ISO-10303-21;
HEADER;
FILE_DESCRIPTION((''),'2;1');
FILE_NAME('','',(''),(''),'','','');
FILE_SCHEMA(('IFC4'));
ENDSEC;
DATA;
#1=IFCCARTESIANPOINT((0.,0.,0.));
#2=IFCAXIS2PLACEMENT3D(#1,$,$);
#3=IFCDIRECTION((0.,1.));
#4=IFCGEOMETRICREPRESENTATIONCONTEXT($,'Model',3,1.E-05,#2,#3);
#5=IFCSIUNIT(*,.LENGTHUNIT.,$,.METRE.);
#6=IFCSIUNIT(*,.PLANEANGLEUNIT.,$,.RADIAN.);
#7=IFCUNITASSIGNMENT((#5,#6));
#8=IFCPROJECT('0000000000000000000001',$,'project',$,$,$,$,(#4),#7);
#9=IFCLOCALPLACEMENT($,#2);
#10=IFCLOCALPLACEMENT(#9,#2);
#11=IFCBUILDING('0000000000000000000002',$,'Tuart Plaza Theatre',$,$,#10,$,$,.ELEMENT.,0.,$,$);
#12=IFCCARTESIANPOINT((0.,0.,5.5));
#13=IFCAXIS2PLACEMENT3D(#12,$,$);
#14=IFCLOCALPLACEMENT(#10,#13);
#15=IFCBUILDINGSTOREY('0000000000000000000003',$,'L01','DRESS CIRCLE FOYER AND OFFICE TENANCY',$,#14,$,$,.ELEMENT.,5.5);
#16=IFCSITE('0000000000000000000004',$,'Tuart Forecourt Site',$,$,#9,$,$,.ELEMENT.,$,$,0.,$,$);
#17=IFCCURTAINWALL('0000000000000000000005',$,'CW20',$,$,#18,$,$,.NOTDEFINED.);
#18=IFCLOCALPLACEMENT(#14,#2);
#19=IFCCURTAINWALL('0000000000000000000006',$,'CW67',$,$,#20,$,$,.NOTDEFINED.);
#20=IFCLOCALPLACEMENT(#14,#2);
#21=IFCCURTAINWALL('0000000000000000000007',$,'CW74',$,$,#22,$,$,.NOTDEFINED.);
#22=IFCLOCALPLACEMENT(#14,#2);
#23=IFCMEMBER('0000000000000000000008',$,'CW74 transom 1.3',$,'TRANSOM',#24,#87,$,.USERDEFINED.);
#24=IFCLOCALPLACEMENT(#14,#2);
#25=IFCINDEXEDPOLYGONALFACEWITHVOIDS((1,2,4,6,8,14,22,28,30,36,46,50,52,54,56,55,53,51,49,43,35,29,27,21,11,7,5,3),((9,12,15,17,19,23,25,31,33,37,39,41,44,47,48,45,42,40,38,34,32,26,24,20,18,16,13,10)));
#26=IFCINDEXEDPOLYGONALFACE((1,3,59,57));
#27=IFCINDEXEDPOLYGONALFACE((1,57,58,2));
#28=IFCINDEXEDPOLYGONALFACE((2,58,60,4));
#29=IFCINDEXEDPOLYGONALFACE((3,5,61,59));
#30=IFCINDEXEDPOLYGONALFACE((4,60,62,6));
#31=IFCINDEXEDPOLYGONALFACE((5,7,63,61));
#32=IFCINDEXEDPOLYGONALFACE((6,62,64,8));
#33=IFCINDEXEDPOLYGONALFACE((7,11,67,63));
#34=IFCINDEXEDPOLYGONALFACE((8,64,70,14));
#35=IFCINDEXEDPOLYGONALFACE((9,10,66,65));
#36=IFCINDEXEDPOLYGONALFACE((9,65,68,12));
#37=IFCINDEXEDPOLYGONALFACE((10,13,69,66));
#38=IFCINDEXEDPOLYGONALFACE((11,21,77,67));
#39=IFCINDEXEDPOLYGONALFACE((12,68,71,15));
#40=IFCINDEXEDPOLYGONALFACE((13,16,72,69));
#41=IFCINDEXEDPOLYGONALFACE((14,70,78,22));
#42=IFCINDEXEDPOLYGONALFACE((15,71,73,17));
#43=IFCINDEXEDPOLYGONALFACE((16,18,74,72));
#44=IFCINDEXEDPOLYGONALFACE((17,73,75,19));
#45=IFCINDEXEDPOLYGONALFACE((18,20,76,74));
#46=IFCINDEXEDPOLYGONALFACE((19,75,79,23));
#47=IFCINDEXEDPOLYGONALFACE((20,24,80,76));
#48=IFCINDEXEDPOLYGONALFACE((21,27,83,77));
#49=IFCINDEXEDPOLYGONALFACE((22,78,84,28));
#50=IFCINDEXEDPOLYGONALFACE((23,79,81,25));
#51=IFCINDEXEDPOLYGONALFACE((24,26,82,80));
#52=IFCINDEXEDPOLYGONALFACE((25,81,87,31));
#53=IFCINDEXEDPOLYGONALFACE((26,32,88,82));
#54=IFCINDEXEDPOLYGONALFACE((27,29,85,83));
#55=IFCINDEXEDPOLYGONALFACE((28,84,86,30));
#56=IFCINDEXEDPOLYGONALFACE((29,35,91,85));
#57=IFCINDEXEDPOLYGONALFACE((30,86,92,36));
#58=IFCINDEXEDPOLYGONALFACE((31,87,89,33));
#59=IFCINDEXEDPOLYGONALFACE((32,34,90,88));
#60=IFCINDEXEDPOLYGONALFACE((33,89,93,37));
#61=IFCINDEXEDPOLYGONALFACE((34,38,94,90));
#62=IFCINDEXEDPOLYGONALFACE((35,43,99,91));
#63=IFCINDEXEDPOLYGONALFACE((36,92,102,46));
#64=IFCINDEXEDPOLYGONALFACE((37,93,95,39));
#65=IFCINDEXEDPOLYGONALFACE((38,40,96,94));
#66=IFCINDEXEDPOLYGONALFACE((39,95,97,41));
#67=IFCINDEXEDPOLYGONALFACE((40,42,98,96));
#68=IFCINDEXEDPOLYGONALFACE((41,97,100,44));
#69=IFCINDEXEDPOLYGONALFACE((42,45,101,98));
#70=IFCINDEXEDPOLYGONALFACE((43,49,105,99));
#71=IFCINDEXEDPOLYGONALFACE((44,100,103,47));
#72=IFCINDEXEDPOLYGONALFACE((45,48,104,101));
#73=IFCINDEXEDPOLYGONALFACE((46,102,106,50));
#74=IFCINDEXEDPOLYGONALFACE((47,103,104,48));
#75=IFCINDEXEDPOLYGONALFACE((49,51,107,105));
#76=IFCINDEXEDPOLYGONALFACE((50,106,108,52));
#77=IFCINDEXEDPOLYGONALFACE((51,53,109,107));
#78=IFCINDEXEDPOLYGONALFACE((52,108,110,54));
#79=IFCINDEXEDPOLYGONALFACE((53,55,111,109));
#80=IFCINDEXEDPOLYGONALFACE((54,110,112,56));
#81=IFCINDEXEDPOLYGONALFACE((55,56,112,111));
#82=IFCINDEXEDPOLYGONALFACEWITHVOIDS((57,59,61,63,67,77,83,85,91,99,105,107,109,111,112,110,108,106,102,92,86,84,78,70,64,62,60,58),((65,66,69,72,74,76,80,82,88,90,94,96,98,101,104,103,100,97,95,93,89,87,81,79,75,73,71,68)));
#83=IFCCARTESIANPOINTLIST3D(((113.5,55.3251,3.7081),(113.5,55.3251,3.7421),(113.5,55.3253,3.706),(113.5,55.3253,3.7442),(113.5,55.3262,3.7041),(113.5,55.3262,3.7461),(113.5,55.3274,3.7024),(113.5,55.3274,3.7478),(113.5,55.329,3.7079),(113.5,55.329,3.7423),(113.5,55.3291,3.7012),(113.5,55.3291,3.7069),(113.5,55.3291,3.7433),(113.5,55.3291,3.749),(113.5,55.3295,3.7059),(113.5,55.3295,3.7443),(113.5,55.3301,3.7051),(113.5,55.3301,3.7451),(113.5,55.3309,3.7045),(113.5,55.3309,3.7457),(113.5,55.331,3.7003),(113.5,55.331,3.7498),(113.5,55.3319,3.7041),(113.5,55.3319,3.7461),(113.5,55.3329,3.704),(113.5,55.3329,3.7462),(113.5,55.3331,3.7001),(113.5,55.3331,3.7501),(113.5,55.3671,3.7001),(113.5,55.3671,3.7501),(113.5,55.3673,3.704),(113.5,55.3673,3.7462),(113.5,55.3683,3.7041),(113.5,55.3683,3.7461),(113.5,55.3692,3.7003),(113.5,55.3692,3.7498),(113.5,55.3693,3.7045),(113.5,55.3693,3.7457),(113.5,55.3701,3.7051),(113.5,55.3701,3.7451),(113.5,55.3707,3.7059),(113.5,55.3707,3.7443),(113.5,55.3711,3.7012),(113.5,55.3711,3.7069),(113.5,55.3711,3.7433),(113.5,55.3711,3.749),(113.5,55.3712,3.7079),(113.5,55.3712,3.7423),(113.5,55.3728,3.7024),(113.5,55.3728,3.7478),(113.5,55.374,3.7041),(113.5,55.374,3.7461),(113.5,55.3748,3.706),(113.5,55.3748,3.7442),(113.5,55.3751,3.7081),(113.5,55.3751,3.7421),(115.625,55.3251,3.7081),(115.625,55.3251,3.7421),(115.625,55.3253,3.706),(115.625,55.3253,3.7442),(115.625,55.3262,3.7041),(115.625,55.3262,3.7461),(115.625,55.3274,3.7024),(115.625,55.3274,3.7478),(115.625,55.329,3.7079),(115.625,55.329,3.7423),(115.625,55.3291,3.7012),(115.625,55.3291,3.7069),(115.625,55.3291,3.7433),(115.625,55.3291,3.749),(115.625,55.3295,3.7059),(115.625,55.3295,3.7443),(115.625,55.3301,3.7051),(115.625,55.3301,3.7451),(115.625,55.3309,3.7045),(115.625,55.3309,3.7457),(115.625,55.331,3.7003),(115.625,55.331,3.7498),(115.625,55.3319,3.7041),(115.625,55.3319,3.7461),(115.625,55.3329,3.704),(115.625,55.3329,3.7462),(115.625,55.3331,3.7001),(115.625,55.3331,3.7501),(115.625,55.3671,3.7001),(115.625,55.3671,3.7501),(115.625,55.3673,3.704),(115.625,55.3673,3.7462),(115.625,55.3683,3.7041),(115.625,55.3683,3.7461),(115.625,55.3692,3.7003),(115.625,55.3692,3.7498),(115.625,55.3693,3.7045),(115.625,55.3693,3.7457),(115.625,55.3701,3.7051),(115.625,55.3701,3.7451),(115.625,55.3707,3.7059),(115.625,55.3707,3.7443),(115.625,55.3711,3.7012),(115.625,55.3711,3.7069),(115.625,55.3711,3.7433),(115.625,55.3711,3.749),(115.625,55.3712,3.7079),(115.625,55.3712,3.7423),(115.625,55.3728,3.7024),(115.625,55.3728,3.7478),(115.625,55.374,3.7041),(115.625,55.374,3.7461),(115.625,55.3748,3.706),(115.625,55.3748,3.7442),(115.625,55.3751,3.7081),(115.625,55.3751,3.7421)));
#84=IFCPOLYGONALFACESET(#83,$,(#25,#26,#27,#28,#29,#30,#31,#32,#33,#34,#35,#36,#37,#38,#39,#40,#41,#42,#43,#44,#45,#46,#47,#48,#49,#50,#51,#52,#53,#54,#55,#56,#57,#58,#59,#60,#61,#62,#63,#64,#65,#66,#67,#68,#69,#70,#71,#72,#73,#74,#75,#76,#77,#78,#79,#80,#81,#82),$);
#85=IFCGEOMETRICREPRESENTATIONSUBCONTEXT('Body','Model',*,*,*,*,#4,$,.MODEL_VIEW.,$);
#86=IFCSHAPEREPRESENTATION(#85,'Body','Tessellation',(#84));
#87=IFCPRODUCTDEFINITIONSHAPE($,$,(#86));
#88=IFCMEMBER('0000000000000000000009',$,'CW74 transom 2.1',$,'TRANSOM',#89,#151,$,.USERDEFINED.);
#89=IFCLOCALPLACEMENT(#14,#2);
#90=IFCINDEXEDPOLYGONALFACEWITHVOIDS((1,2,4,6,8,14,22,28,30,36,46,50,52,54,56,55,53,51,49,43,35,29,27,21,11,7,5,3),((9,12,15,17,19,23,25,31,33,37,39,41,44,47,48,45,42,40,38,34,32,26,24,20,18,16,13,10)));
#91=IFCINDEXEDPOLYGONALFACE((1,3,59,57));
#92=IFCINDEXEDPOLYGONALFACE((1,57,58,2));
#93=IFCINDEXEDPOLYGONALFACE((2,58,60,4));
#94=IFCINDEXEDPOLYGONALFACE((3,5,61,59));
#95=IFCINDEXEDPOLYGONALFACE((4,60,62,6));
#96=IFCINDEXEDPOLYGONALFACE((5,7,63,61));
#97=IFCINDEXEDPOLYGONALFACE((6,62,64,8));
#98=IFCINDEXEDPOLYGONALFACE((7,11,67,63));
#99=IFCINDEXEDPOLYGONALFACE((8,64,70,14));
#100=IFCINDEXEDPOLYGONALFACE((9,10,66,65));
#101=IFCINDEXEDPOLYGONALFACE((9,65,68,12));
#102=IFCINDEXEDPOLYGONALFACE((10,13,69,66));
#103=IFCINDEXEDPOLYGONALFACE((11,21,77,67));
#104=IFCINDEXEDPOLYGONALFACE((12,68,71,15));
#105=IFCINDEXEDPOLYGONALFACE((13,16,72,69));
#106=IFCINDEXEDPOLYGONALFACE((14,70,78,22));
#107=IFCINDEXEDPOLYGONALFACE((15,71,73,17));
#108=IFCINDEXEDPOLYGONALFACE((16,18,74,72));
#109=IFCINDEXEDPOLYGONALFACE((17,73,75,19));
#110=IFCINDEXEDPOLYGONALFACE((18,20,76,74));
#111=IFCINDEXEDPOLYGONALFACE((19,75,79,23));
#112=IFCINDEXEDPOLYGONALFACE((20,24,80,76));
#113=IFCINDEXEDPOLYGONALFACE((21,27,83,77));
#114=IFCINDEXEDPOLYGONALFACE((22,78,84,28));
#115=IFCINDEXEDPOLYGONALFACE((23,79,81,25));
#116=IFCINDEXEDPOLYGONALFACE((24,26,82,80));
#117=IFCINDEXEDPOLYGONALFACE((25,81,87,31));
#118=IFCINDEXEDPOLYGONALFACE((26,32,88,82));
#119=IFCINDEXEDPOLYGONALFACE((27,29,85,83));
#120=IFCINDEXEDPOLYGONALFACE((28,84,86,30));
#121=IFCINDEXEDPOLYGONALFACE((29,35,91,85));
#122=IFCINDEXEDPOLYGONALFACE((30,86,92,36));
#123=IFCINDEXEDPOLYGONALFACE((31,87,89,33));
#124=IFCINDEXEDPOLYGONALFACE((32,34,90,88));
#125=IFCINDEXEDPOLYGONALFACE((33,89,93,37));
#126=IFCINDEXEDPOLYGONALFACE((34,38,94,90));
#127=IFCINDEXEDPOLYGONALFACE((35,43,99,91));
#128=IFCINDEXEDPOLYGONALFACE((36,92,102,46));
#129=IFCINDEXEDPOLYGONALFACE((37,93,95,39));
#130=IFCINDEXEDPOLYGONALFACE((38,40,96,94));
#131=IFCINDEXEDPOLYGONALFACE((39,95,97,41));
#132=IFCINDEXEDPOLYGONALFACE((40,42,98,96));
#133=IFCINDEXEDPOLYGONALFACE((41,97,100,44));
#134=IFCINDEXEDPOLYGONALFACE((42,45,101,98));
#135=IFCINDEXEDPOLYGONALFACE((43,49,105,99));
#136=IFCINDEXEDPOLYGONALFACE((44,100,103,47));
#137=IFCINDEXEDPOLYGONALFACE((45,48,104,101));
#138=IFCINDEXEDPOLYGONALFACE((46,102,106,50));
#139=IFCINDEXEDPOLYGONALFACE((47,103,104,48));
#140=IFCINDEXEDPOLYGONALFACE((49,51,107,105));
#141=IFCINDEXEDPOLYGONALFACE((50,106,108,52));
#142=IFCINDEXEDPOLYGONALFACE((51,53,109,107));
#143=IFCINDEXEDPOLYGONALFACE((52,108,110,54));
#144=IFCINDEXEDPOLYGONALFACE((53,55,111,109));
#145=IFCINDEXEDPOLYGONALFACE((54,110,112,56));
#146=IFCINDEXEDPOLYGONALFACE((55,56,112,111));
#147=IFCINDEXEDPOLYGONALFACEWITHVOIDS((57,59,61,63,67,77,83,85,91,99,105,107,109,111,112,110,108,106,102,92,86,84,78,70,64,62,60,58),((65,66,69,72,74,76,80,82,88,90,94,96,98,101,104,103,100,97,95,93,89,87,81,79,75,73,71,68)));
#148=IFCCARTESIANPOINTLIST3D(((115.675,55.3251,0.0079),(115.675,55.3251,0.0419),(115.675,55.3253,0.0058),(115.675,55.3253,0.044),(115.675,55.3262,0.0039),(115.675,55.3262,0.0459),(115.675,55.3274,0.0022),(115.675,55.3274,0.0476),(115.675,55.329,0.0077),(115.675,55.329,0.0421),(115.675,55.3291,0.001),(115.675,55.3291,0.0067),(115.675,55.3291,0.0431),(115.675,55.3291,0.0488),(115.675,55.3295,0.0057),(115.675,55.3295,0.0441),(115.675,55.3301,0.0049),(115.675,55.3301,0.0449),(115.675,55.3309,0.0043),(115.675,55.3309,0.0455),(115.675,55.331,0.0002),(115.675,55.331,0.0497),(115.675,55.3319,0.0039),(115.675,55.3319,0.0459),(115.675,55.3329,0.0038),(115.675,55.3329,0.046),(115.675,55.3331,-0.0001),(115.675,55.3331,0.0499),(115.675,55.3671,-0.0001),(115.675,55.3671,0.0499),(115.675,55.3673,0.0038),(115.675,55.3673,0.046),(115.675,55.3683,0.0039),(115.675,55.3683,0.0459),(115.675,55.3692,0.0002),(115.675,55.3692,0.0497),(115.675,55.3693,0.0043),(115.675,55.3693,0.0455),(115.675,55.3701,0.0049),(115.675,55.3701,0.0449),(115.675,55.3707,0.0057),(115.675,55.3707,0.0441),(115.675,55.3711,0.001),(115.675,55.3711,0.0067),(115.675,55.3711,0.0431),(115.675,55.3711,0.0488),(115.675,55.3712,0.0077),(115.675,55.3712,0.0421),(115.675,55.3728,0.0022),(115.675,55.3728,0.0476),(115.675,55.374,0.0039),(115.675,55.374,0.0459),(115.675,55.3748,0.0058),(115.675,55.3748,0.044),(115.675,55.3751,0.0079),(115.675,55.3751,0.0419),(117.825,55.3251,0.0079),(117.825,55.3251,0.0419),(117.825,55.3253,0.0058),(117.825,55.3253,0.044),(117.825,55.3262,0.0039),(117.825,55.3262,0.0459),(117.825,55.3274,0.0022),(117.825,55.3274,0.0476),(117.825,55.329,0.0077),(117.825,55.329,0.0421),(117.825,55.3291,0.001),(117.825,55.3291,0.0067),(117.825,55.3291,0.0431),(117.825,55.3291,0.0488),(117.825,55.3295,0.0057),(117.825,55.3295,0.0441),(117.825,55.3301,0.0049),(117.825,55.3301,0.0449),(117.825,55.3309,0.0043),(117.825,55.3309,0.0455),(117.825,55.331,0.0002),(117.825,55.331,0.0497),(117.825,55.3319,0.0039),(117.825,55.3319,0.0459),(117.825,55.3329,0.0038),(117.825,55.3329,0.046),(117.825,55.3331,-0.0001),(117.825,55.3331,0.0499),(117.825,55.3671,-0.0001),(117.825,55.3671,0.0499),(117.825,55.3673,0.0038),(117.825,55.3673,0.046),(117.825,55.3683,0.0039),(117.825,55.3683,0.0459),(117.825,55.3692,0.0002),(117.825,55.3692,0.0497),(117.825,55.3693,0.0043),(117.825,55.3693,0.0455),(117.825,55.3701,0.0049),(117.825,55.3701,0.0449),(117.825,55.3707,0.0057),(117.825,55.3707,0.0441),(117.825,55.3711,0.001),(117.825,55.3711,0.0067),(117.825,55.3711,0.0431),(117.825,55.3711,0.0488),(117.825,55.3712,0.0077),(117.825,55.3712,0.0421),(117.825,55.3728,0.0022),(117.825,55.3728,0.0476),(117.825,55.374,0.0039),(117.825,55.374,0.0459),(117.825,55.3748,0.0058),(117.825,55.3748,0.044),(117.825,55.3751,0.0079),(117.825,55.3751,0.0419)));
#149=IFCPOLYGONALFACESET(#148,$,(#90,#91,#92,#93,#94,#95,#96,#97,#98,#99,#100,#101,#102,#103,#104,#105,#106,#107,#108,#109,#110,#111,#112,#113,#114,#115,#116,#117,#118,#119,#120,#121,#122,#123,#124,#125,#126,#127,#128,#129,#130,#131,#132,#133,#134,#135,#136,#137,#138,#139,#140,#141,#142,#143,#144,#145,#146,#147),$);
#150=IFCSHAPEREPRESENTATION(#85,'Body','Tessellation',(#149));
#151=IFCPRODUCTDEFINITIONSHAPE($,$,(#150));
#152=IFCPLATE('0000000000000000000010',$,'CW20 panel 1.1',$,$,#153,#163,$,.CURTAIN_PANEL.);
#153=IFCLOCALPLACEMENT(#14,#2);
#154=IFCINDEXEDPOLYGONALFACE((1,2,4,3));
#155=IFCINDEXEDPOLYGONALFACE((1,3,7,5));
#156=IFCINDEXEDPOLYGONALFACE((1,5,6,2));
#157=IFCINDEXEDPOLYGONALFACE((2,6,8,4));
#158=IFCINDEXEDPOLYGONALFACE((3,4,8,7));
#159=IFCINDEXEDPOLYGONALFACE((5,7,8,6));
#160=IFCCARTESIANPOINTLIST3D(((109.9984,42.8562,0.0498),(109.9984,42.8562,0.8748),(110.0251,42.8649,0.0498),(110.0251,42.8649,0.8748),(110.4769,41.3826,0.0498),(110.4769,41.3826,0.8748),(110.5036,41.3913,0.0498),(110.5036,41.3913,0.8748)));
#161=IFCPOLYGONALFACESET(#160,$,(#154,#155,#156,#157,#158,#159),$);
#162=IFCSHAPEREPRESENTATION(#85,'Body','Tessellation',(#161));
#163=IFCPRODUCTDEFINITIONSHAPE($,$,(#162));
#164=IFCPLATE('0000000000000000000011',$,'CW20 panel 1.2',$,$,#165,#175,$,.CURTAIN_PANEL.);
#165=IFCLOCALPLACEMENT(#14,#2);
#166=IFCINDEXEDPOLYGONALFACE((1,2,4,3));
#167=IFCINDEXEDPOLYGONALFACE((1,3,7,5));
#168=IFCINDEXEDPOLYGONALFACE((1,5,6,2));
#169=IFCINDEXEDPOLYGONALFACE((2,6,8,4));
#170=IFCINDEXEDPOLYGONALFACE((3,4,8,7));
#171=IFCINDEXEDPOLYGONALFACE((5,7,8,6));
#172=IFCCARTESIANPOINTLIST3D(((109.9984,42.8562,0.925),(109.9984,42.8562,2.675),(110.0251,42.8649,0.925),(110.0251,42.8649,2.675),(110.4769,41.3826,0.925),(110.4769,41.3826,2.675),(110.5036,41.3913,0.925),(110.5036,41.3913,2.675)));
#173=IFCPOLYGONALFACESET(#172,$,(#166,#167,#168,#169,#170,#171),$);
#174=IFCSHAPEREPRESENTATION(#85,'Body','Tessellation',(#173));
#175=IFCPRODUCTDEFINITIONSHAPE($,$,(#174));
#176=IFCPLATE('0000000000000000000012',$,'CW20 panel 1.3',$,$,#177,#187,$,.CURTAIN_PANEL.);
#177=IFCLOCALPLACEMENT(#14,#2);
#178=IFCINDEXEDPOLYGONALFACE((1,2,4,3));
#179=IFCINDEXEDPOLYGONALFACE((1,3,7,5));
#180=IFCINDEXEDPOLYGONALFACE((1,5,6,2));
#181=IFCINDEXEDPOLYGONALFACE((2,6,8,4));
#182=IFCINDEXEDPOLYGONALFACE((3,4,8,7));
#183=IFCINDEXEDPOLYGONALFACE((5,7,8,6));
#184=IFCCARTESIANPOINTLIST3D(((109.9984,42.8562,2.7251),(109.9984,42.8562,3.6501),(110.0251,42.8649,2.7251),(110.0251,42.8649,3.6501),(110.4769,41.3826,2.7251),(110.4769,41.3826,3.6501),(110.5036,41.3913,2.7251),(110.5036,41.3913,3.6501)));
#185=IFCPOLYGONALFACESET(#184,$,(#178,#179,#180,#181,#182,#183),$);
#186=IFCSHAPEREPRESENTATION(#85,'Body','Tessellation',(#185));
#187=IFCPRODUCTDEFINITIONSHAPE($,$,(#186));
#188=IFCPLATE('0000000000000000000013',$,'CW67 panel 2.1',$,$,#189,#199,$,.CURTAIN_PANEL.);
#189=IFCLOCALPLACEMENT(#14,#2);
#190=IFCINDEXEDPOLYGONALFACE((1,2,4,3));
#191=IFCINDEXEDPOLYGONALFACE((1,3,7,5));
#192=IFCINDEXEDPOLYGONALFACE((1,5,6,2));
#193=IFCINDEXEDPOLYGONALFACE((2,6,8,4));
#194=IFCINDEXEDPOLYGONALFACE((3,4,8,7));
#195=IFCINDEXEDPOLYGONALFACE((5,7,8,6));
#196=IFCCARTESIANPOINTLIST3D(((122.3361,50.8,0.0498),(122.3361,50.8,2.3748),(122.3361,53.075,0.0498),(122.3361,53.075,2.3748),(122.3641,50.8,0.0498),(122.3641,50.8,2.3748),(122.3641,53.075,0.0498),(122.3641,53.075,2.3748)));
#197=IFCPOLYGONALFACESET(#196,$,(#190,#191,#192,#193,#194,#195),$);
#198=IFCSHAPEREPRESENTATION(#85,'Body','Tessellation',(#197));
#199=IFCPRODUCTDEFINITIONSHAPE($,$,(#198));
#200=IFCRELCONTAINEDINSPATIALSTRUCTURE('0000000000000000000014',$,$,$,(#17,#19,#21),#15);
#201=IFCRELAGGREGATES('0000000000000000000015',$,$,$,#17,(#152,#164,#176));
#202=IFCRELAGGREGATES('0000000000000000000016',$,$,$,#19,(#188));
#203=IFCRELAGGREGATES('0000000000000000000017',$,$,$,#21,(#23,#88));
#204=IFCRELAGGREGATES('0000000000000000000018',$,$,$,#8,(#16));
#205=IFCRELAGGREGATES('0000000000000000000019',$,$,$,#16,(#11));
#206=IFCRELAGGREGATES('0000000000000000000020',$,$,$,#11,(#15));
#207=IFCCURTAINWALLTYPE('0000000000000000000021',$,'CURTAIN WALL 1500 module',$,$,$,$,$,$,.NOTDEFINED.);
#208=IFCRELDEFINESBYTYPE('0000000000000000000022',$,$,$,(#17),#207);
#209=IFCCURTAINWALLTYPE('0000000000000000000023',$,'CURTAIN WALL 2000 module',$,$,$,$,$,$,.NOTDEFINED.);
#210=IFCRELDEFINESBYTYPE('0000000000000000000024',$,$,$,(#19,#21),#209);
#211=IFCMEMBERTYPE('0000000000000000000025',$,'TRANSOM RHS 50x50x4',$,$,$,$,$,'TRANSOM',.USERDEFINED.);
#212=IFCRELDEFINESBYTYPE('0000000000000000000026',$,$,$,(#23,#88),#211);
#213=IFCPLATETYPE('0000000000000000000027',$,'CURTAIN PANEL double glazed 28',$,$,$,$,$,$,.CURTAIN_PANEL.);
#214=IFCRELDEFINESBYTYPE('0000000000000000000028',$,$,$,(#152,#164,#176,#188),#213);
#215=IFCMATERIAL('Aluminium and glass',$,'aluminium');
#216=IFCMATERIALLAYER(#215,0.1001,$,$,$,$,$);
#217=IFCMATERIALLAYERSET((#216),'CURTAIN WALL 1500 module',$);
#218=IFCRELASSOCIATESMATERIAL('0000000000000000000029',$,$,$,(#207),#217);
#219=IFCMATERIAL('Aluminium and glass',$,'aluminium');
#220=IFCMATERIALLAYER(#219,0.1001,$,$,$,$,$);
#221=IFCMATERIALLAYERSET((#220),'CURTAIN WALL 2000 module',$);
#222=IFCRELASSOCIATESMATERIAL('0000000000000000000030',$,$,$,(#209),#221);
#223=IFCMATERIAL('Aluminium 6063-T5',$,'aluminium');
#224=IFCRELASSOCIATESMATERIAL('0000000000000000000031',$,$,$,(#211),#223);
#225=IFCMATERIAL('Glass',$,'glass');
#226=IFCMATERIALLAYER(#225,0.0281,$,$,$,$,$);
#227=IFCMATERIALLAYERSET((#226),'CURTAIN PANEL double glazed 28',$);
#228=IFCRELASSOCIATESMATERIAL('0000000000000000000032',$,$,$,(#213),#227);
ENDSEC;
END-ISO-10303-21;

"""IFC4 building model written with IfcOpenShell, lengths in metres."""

from ifc_helpers import new_model, si_unit, direction, frame, origin, origin_2d, place, context, subcontext, project, spatial, rectangle, hollow_rectangle, extrude, material, layer, layer_set, material_profile, profile_set, type_object, element, aggregate, save


model = new_model("IFC4")

# Units and contexts
model_context = context("Model", 3, precision=1e-05, world=origin(), true_north=direction((0.0, 1.0)))
body_context = subcontext(model_context, "Body", "Model", "MODEL_VIEW")
ifc_project = project(units=[si_unit("LENGTHUNIT", "METRE"), si_unit("PLANEANGLEUNIT", "RADIAN")], contexts=[model_context])

# Site, building, storey
site_placement = place(None, origin())
site = spatial("IfcSite", under=ifc_project, at=site_placement, Name="Tuart Forecourt Site", CompositionType="ELEMENT", RefElevation=0.0)
building_placement = place(site_placement, origin())
building = spatial("IfcBuilding", under=site, at=building_placement, Name="Tuart Plaza Theatre", CompositionType="ELEMENT", ElevationOfRefHeight=0.0)
storey_placement = place(building_placement, frame((0.0, 0.0, 5.5)))
storey = spatial("IfcBuildingStorey", under=building, at=storey_placement, Name="L01", Description="DRESS CIRCLE FOYER AND OFFICE TENANCY", CompositionType="ELEMENT", Elevation=5.5)

# Curtain walls
ifc_material_1 = material(Name="Aluminium and glass", Category="aluminium")
ifc_layer_1 = layer(ifc_material_1, 0.1001)
ifc_layer_set_1 = layer_set([ifc_layer_1], Name="CURTAIN WALL 1500 module")
curtain_wall_type_1 = type_object("IfcCurtainWallType", Name="CURTAIN WALL 1500 module", PredefinedType="NOTDEFINED", material=ifc_layer_set_1)
curtain_wall_1_placement = place(storey_placement, origin())
curtain_wall_1 = element("IfcCurtainWall", 1, at=curtain_wall_1_placement, inside=storey, type_object=curtain_wall_type_1, Name="CW20", PredefinedType="NOTDEFINED")
ifc_material_2 = material(Name="Aluminium and glass", Category="aluminium")
ifc_layer_2 = layer(ifc_material_2, 0.1001)
ifc_layer_set_2 = layer_set([ifc_layer_2], Name="CURTAIN WALL 2000 module")
curtain_wall_type_2 = type_object("IfcCurtainWallType", Name="CURTAIN WALL 2000 module", PredefinedType="NOTDEFINED", material=ifc_layer_set_2)
curtain_wall_2_placement = place(storey_placement, origin())
curtain_wall_2 = element("IfcCurtainWall", 2, at=curtain_wall_2_placement, inside=storey, type_object=curtain_wall_type_2, Name="CW67", PredefinedType="NOTDEFINED")

# Curtain wall
curtain_wall_3_placement = place(storey_placement, origin())
curtain_wall_3 = element("IfcCurtainWall", 3, at=curtain_wall_3_placement, inside=storey, type_object=curtain_wall_type_2, Name="CW74", PredefinedType="NOTDEFINED")

# Members
ifc_material_3 = material(Name="Aluminium 6063-T5", Category="aluminium")
ifc_material_profile_1 = material_profile(ifc_material_3, hollow_rectangle(XDim=0.05, YDim=0.05, WallThickness=0.0039, InnerFilletRadius=0.0039, OuterFilletRadius=0.0081, at=origin_2d()), Name="RHS 50x50x4")
ifc_profile_set_1 = profile_set([ifc_material_profile_1], Name="Aluminium 6063-T5")
member_type_1 = type_object("IfcMemberType", Name="TRANSOM RHS 50x50x4", ElementType="TRANSOM", PredefinedType="USERDEFINED", material=ifc_profile_set_1)
member_1_placement = place(storey_placement, frame((113.5, 55.3501, 3.7251), z_axis=(1.0, 0.0, 0.0), x_axis=(0.0, 1.0, 0.0)))
member_1 = element("IfcMember", 4, at=member_1_placement, type_object=member_type_1, Name="CW74 transom 1.3", ObjectType="TRANSOM", PredefinedType="USERDEFINED", context=body_context, shape_type="SweptSolid", body=[
    extrude(hollow_rectangle(XDim=0.05, YDim=0.05, WallThickness=0.0039, InnerFilletRadius=0.0039, OuterFilletRadius=0.0081, at=origin_2d()), origin(), (0.0, 0.0, 1.0), 2.125),
])
member_2_placement = place(storey_placement, frame((115.675, 55.3501, 0.0249), z_axis=(1.0, 0.0, 0.0), x_axis=(0.0, 1.0, 0.0)))
member_2 = element("IfcMember", 5, at=member_2_placement, type_object=member_type_1, Name="CW74 transom 2.1", ObjectType="TRANSOM", PredefinedType="USERDEFINED", context=body_context, shape_type="SweptSolid", body=[
    extrude(hollow_rectangle(XDim=0.05, YDim=0.05, WallThickness=0.0039, InnerFilletRadius=0.0039, OuterFilletRadius=0.0081, at=origin_2d()), origin(), (0.0, 0.0, 1.0), 2.1499),
])

# Plates
ifc_material_4 = material(Name="Glass", Category="glass")
ifc_layer_3 = layer(ifc_material_4, 0.0281)
ifc_layer_set_3 = layer_set([ifc_layer_3], Name="CURTAIN PANEL double glazed 28")
plate_type = type_object("IfcPlateType", Name="CURTAIN PANEL double glazed 28", PredefinedType="CURTAIN_PANEL", material=ifc_layer_set_3)
plate_1_placement = place(storey_placement, frame((110.251, 42.1238, 0.0498), z_axis=(0.0, 0.0, 1.0), x_axis=(0.308815, -0.951122, 0.0)))
plate_1 = element("IfcPlate", 6, at=plate_1_placement, type_object=plate_type, Name="CW20 panel 1.1", PredefinedType="CURTAIN_PANEL", context=body_context, shape_type="SweptSolid", body=[
    extrude(rectangle(XDim=1.5493, YDim=0.0281, at=origin_2d()), origin(), (0.0, 0.0, 1.0), 0.825),
])
plate_2_placement = place(storey_placement, frame((110.251, 42.1238, 0.925), z_axis=(0.0, 0.0, 1.0), x_axis=(0.308815, -0.951122, 0.0)))
plate_2 = element("IfcPlate", 7, at=plate_2_placement, type_object=plate_type, Name="CW20 panel 1.2", PredefinedType="CURTAIN_PANEL", context=body_context, shape_type="SweptSolid", body=[
    extrude(rectangle(XDim=1.5493, YDim=0.0281, at=origin_2d()), origin(), (0.0, 0.0, 1.0), 1.75),
])
plate_3_placement = place(storey_placement, frame((110.251, 42.1238, 2.7251), z_axis=(0.0, 0.0, 1.0), x_axis=(0.308815, -0.951122, 0.0)))
plate_3 = element("IfcPlate", 8, at=plate_3_placement, type_object=plate_type, Name="CW20 panel 1.3", PredefinedType="CURTAIN_PANEL", context=body_context, shape_type="SweptSolid", body=[
    extrude(rectangle(XDim=1.5493, YDim=0.0281, at=origin_2d()), origin(), (0.0, 0.0, 1.0), 0.925),
])
aggregate(curtain_wall_1, [plate_1, plate_2, plate_3])
plate_4_placement = place(storey_placement, frame((122.3501, 51.9375, 0.0498), z_axis=(0.0, 0.0, 1.0), x_axis=(0.0, -1.0, 0.0)))
plate_4 = element("IfcPlate", 9, at=plate_4_placement, type_object=plate_type, Name="CW67 panel 2.1", PredefinedType="CURTAIN_PANEL", context=body_context, shape_type="SweptSolid", body=[
    extrude(rectangle(XDim=2.2749, YDim=0.0281, at=origin_2d()), origin(), (0.0, 0.0, 1.0), 2.325),
])
aggregate(curtain_wall_2, [plate_4])
aggregate(curtain_wall_3, [member_1, member_2])

save(model, "model.ifc")
